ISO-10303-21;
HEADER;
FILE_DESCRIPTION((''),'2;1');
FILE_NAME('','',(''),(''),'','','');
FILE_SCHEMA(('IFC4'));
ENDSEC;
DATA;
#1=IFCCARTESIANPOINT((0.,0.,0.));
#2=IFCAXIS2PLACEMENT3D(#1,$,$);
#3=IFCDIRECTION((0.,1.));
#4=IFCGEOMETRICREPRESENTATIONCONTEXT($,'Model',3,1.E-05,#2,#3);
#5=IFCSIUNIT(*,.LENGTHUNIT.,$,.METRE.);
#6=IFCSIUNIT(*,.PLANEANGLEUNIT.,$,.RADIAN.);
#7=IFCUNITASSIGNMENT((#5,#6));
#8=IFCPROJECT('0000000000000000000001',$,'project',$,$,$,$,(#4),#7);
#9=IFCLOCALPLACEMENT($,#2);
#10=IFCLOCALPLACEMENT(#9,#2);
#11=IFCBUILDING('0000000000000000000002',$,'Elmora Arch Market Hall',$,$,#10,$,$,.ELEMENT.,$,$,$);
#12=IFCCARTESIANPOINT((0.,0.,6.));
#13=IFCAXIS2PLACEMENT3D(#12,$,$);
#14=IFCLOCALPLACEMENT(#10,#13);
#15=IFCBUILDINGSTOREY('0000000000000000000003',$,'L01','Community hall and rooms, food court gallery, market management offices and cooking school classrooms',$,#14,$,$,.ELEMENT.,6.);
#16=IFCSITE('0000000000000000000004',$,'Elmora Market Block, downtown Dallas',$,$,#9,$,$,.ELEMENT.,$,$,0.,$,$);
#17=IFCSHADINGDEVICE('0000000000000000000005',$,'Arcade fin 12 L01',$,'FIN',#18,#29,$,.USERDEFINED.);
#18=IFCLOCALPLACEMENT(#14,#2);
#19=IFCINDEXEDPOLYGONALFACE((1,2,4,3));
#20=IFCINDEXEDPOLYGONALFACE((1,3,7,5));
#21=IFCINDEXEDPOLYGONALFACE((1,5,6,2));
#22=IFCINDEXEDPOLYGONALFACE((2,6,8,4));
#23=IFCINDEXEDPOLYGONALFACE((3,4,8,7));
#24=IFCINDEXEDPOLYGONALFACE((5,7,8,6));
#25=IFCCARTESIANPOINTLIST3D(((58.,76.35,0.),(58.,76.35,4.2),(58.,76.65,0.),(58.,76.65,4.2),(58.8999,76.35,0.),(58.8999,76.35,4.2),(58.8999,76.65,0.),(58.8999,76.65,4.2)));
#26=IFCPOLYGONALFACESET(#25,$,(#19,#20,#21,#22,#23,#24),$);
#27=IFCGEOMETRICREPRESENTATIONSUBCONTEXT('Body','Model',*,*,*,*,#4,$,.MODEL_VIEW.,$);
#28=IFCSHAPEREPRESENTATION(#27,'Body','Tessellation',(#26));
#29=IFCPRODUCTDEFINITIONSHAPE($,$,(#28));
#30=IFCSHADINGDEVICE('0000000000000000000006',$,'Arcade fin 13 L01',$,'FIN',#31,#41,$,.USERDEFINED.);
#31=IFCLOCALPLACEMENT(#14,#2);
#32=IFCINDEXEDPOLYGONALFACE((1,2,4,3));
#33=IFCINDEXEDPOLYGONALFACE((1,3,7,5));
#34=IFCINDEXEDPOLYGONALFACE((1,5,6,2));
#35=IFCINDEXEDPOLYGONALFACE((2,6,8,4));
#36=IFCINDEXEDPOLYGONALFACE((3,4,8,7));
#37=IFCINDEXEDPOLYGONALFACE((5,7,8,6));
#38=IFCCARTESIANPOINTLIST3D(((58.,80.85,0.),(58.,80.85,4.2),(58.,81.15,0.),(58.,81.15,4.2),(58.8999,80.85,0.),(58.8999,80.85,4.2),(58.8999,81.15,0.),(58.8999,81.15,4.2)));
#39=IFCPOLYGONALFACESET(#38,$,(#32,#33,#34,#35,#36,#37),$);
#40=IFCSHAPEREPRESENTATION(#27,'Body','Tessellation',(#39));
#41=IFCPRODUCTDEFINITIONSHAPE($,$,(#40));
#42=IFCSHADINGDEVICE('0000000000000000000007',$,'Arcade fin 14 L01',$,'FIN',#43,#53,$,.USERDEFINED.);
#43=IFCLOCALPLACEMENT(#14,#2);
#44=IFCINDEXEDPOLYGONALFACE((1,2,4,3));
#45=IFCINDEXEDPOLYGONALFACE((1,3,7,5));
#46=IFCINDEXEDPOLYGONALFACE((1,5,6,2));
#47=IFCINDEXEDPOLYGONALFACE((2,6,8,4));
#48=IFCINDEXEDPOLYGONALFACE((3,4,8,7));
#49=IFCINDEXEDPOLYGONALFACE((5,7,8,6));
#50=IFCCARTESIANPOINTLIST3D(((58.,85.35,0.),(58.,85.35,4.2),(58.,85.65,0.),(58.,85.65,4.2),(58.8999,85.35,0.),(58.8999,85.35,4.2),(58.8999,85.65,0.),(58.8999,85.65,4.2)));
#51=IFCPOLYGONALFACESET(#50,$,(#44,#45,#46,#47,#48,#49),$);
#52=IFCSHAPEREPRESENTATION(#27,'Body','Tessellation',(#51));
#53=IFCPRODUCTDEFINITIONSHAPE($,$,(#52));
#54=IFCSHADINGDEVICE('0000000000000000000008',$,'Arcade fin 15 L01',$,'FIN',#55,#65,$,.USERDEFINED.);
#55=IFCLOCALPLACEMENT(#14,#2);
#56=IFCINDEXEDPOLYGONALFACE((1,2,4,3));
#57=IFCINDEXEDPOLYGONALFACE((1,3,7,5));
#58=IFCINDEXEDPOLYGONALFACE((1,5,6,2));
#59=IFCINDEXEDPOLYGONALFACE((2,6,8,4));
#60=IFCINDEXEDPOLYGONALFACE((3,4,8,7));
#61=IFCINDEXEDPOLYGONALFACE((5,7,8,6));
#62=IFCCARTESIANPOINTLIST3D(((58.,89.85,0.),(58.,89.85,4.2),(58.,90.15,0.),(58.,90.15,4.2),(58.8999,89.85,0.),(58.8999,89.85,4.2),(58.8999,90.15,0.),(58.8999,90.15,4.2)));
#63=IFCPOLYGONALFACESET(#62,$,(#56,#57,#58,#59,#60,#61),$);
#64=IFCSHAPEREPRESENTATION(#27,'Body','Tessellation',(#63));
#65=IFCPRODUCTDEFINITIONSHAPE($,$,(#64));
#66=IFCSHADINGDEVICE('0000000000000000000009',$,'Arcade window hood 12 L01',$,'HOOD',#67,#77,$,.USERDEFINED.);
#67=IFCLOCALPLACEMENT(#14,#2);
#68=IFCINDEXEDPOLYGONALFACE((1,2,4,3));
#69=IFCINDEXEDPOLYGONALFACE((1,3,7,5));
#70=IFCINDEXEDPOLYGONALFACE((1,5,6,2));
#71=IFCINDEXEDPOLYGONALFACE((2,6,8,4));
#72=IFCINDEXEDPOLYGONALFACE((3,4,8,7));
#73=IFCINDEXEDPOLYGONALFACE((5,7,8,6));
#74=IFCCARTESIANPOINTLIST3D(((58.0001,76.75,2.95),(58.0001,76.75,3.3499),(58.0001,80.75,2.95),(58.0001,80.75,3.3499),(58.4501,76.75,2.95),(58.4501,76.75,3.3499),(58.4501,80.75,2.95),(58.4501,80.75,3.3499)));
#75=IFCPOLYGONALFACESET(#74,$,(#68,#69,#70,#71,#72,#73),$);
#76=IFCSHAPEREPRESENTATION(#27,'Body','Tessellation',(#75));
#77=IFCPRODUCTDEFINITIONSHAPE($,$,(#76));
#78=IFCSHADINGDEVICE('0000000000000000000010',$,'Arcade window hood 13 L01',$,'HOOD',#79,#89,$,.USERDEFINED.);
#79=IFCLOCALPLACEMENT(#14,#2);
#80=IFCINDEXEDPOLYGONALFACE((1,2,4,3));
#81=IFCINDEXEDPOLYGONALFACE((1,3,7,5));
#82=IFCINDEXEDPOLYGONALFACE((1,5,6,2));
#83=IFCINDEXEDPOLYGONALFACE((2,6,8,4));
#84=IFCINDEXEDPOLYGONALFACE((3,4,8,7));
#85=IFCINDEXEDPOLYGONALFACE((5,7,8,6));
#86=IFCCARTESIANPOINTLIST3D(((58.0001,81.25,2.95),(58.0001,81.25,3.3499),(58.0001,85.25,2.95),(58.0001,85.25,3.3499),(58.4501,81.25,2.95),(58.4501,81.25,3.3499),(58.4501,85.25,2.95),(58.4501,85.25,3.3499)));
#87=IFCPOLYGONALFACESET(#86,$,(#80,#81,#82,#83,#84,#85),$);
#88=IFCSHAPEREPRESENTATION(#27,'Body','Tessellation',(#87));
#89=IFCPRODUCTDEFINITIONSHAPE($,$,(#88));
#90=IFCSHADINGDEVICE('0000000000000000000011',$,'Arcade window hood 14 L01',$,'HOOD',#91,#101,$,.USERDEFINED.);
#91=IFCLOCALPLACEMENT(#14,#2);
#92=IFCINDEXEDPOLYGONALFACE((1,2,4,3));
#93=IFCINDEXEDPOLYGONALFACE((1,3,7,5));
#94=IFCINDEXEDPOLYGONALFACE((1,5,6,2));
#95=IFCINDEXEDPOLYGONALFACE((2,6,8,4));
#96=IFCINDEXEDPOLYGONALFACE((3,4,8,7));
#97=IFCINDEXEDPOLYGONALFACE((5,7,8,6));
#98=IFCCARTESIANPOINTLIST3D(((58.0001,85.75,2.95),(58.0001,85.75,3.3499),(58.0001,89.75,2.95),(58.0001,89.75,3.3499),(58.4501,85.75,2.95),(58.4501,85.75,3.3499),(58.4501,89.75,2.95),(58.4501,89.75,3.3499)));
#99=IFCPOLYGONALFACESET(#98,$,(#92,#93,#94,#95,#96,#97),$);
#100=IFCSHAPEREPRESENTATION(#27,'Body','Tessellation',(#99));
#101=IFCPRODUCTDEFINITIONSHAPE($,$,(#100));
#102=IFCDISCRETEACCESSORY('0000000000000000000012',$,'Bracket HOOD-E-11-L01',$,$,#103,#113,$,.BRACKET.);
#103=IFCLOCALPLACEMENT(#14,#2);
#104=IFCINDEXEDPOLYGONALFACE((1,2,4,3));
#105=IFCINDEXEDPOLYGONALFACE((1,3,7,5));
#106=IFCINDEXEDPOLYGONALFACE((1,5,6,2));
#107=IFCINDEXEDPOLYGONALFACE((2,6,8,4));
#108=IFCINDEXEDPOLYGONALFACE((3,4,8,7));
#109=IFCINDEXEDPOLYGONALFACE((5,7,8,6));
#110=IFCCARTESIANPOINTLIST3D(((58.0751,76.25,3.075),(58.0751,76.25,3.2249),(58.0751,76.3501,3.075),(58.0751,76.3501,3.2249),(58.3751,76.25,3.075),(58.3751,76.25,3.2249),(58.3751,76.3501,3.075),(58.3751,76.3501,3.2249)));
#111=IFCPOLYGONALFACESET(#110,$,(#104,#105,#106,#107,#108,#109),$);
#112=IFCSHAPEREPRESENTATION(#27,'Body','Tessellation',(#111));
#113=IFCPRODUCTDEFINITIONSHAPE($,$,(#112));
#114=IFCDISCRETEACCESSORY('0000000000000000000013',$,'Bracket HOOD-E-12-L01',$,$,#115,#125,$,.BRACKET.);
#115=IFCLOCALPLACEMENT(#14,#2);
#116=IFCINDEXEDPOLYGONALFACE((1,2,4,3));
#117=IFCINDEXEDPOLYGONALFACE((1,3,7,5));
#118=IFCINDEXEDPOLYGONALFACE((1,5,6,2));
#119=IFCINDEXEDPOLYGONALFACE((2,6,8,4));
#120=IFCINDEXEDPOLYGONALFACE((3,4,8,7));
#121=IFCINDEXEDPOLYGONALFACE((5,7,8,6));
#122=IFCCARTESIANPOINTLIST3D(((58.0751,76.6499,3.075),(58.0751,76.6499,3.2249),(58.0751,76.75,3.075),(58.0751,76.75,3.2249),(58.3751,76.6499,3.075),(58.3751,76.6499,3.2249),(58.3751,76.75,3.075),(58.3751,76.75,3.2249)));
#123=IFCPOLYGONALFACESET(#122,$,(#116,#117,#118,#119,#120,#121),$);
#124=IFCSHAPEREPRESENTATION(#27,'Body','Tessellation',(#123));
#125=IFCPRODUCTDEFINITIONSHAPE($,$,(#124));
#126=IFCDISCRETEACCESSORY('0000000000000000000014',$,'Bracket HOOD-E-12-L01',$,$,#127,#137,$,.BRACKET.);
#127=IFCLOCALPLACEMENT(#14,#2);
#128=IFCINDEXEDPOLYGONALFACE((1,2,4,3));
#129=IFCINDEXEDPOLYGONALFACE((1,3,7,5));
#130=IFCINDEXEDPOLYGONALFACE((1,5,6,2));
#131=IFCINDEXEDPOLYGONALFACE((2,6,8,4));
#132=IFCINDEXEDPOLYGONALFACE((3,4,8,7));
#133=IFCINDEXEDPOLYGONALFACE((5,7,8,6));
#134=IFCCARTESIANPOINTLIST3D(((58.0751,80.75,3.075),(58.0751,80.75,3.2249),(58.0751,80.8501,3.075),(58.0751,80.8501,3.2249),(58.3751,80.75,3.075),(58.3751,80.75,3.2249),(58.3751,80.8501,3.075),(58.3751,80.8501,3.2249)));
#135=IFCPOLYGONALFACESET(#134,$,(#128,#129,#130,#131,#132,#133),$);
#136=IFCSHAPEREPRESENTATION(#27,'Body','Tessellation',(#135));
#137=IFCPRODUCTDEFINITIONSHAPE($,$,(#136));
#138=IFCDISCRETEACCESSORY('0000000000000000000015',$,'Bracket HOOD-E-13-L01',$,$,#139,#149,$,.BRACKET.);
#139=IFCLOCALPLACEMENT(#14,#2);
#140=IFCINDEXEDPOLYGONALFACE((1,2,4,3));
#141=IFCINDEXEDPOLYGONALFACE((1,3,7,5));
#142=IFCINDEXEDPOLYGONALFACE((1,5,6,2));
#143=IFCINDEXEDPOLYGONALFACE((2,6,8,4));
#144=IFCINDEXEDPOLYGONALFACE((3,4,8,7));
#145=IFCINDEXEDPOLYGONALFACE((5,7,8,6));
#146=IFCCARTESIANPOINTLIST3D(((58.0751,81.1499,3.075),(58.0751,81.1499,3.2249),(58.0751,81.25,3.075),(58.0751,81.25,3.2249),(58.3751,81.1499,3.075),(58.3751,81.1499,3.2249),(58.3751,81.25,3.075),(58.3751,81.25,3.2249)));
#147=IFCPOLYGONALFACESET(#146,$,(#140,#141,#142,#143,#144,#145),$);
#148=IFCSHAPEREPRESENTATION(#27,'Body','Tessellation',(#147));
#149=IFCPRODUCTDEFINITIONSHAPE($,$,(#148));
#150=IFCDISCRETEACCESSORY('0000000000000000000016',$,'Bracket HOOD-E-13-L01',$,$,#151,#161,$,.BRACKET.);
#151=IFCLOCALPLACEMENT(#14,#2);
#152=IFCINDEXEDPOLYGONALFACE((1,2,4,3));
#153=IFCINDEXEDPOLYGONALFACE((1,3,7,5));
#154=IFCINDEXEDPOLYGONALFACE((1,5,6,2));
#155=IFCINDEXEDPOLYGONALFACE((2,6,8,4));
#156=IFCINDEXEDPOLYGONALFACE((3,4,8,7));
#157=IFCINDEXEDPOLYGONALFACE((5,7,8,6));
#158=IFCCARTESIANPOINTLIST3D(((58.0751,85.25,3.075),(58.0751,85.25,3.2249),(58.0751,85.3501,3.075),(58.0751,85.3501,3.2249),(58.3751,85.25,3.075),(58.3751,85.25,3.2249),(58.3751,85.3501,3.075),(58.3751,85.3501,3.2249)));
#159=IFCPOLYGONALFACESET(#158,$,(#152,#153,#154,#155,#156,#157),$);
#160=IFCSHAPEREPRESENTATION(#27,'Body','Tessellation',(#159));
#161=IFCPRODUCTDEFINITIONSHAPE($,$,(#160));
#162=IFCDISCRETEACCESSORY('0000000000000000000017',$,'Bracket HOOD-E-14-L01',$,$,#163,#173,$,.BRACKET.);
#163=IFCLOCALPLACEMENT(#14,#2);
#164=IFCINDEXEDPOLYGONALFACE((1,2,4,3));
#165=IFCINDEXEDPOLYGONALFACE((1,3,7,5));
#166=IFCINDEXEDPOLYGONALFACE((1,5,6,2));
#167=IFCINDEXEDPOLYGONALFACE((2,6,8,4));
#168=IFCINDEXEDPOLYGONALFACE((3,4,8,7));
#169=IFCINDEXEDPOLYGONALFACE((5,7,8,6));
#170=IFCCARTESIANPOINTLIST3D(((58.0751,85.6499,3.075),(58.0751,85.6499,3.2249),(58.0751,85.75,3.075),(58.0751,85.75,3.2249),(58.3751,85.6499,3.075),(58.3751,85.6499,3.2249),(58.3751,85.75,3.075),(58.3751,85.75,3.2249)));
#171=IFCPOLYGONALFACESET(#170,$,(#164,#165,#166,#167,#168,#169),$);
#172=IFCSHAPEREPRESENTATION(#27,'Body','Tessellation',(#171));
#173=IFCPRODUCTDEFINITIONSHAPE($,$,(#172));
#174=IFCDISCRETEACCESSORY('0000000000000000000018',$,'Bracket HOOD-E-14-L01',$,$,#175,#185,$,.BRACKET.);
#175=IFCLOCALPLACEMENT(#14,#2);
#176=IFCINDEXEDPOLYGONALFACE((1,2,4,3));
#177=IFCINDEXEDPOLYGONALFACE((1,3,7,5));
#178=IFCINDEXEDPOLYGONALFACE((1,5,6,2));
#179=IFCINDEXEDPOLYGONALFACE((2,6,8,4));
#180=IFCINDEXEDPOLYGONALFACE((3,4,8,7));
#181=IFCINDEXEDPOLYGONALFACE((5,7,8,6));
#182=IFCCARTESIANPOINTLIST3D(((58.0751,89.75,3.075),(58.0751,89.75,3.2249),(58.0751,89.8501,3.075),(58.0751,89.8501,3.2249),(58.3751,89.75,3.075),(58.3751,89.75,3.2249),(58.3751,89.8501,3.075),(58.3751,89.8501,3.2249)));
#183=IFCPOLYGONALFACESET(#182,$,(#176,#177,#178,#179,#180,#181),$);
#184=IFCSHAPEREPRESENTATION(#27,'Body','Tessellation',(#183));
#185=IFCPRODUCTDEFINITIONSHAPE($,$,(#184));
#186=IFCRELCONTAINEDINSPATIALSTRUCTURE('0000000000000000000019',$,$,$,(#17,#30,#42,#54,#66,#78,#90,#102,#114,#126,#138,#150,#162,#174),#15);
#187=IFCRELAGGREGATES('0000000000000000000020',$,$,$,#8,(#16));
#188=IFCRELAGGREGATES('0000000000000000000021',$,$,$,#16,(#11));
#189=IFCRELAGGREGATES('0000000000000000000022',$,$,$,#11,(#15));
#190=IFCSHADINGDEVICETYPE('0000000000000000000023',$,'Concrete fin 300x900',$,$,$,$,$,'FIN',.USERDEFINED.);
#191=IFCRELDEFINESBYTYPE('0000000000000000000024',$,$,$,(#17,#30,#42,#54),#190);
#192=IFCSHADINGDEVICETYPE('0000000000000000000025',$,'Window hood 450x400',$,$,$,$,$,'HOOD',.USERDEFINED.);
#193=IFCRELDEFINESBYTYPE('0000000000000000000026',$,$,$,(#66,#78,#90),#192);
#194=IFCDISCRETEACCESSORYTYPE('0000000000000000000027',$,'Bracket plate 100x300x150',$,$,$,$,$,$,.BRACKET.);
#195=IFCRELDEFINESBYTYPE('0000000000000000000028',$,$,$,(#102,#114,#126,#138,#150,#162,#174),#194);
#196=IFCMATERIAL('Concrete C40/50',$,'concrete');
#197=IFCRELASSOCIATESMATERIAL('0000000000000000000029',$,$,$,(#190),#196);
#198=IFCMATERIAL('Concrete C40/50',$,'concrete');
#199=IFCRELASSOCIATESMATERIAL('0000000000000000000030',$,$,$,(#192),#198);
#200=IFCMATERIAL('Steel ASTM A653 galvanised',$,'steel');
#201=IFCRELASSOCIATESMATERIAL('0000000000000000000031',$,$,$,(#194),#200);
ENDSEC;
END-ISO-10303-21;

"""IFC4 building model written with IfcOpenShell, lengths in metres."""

from ifc_helpers import new_model, si_unit, direction, frame, origin, origin_2d, place, context, subcontext, project, spatial, rectangle, extrude, material, type_object, element, save


model = new_model("IFC4")

# Units and contexts
model_context = context("Model", 3, precision=1e-05, world=origin(), true_north=direction((0.0, 1.0)))
body_context = subcontext(model_context, "Body", "Model", "MODEL_VIEW")
ifc_project = project(units=[si_unit("LENGTHUNIT", "METRE"), si_unit("PLANEANGLEUNIT", "RADIAN")], contexts=[model_context])

# Site, building, storey
site_placement = place(None, origin())
site = spatial("IfcSite", under=ifc_project, at=site_placement, Name="Elmora Market Block, downtown Dallas", CompositionType="ELEMENT", RefElevation=0.0)
building_placement = place(site_placement, origin())
building = spatial("IfcBuilding", under=site, at=building_placement, Name="Elmora Arch Market Hall", CompositionType="ELEMENT")
storey_placement = place(building_placement, frame((0.0, 0.0, 6.0)))
storey = spatial("IfcBuildingStorey", under=building, at=storey_placement, Name="L01", Description="Community hall and rooms, food court gallery, market management offices and cooking school classrooms", CompositionType="ELEMENT", Elevation=6.0)

# Shading devices
ifc_material_1 = material(Name="Concrete C40/50", Category="concrete")
shading_device_type_1 = type_object("IfcShadingDeviceType", Name="Concrete fin 300x900", ElementType="FIN", PredefinedType="USERDEFINED", material=ifc_material_1)
for number, where, z_axis, x_axis, name in (
    (1, (58.45, 76.5, 0.0), (0.0, 0.0, 1.0), (1.0, 0.0, 0.0), "Arcade fin 12 L01"),
    (2, (58.45, 81.0, 0.0), (0.0, 0.0, 1.0), (1.0, 0.0, 0.0), "Arcade fin 13 L01"),
    (3, (58.45, 85.5, 0.0), (0.0, 0.0, 1.0), (1.0, 0.0, 0.0), "Arcade fin 14 L01"),
    (4, (58.45, 90.0, 0.0), (0.0, 0.0, 1.0), (1.0, 0.0, 0.0), "Arcade fin 15 L01"),
):
    element("IfcShadingDevice", number, at=place(storey_placement, frame(where, z_axis=z_axis, x_axis=x_axis)), inside=storey, type_object=shading_device_type_1, Name=name, ObjectType="FIN", PredefinedType="USERDEFINED", context=body_context, shape_type="SweptSolid", body=[
        extrude(rectangle(XDim=0.8999, YDim=0.3, at=origin_2d()), origin(), (0.0, 0.0, 1.0), 4.2),
    ])
ifc_material_2 = material(Name="Concrete C40/50", Category="concrete")
shading_device_type_2 = type_object("IfcShadingDeviceType", Name="Window hood 450x400", ElementType="HOOD", PredefinedType="USERDEFINED", material=ifc_material_2)
for number, where, z_axis, x_axis, name in (
    (5, (58.2251, 78.75, 2.95), (0.0, 0.0, 1.0), (1.0, 0.0, 0.0), "Arcade window hood 12 L01"),
    (6, (58.2251, 83.25, 2.95), (0.0, 0.0, 1.0), (1.0, 0.0, 0.0), "Arcade window hood 13 L01"),
    (7, (58.2251, 87.75, 2.95), (0.0, 0.0, 1.0), (1.0, 0.0, 0.0), "Arcade window hood 14 L01"),
):
    element("IfcShadingDevice", number, at=place(storey_placement, frame(where, z_axis=z_axis, x_axis=x_axis)), inside=storey, type_object=shading_device_type_2, Name=name, ObjectType="HOOD", PredefinedType="USERDEFINED", context=body_context, shape_type="SweptSolid", body=[
        extrude(rectangle(XDim=0.45, YDim=4.0, at=origin_2d()), origin(), (0.0, 0.0, 1.0), 0.3999),
    ])

# Discrete accessories
ifc_material_3 = material(Name="Steel ASTM A653 galvanised", Category="steel")
discrete_accessory_type = type_object("IfcDiscreteAccessoryType", Name="Bracket plate 100x300x150", PredefinedType="BRACKET", material=ifc_material_3)
for number, where, z_axis, x_axis, name in (
    (8, (58.2251, 76.3, 3.075), (0.0, 0.0, 1.0), (1.0, 0.0, 0.0), "Bracket HOOD-E-11-L01"),
    (9, (58.2251, 76.7, 3.075), (0.0, 0.0, 1.0), (1.0, 0.0, 0.0), "Bracket HOOD-E-12-L01"),
    (10, (58.2251, 80.8, 3.075), (0.0, 0.0, 1.0), (1.0, 0.0, 0.0), "Bracket HOOD-E-12-L01"),
    (11, (58.2251, 81.2, 3.075), (0.0, 0.0, 1.0), (1.0, 0.0, 0.0), "Bracket HOOD-E-13-L01"),
    (12, (58.2251, 85.3, 3.075), (0.0, 0.0, 1.0), (1.0, 0.0, 0.0), "Bracket HOOD-E-13-L01"),
    (13, (58.2251, 85.7, 3.075), (0.0, 0.0, 1.0), (1.0, 0.0, 0.0), "Bracket HOOD-E-14-L01"),
    (14, (58.2251, 89.8, 3.075), (0.0, 0.0, 1.0), (1.0, 0.0, 0.0), "Bracket HOOD-E-14-L01"),
):
    element("IfcDiscreteAccessory", number, at=place(storey_placement, frame(where, z_axis=z_axis, x_axis=x_axis)), inside=storey, type_object=discrete_accessory_type, Name=name, PredefinedType="BRACKET", context=body_context, shape_type="SweptSolid", body=[
        extrude(rectangle(XDim=0.3, YDim=0.1001, at=origin_2d()), origin(), (0.0, 0.0, 1.0), 0.1499),
    ])

save(model, "model.ifc")
